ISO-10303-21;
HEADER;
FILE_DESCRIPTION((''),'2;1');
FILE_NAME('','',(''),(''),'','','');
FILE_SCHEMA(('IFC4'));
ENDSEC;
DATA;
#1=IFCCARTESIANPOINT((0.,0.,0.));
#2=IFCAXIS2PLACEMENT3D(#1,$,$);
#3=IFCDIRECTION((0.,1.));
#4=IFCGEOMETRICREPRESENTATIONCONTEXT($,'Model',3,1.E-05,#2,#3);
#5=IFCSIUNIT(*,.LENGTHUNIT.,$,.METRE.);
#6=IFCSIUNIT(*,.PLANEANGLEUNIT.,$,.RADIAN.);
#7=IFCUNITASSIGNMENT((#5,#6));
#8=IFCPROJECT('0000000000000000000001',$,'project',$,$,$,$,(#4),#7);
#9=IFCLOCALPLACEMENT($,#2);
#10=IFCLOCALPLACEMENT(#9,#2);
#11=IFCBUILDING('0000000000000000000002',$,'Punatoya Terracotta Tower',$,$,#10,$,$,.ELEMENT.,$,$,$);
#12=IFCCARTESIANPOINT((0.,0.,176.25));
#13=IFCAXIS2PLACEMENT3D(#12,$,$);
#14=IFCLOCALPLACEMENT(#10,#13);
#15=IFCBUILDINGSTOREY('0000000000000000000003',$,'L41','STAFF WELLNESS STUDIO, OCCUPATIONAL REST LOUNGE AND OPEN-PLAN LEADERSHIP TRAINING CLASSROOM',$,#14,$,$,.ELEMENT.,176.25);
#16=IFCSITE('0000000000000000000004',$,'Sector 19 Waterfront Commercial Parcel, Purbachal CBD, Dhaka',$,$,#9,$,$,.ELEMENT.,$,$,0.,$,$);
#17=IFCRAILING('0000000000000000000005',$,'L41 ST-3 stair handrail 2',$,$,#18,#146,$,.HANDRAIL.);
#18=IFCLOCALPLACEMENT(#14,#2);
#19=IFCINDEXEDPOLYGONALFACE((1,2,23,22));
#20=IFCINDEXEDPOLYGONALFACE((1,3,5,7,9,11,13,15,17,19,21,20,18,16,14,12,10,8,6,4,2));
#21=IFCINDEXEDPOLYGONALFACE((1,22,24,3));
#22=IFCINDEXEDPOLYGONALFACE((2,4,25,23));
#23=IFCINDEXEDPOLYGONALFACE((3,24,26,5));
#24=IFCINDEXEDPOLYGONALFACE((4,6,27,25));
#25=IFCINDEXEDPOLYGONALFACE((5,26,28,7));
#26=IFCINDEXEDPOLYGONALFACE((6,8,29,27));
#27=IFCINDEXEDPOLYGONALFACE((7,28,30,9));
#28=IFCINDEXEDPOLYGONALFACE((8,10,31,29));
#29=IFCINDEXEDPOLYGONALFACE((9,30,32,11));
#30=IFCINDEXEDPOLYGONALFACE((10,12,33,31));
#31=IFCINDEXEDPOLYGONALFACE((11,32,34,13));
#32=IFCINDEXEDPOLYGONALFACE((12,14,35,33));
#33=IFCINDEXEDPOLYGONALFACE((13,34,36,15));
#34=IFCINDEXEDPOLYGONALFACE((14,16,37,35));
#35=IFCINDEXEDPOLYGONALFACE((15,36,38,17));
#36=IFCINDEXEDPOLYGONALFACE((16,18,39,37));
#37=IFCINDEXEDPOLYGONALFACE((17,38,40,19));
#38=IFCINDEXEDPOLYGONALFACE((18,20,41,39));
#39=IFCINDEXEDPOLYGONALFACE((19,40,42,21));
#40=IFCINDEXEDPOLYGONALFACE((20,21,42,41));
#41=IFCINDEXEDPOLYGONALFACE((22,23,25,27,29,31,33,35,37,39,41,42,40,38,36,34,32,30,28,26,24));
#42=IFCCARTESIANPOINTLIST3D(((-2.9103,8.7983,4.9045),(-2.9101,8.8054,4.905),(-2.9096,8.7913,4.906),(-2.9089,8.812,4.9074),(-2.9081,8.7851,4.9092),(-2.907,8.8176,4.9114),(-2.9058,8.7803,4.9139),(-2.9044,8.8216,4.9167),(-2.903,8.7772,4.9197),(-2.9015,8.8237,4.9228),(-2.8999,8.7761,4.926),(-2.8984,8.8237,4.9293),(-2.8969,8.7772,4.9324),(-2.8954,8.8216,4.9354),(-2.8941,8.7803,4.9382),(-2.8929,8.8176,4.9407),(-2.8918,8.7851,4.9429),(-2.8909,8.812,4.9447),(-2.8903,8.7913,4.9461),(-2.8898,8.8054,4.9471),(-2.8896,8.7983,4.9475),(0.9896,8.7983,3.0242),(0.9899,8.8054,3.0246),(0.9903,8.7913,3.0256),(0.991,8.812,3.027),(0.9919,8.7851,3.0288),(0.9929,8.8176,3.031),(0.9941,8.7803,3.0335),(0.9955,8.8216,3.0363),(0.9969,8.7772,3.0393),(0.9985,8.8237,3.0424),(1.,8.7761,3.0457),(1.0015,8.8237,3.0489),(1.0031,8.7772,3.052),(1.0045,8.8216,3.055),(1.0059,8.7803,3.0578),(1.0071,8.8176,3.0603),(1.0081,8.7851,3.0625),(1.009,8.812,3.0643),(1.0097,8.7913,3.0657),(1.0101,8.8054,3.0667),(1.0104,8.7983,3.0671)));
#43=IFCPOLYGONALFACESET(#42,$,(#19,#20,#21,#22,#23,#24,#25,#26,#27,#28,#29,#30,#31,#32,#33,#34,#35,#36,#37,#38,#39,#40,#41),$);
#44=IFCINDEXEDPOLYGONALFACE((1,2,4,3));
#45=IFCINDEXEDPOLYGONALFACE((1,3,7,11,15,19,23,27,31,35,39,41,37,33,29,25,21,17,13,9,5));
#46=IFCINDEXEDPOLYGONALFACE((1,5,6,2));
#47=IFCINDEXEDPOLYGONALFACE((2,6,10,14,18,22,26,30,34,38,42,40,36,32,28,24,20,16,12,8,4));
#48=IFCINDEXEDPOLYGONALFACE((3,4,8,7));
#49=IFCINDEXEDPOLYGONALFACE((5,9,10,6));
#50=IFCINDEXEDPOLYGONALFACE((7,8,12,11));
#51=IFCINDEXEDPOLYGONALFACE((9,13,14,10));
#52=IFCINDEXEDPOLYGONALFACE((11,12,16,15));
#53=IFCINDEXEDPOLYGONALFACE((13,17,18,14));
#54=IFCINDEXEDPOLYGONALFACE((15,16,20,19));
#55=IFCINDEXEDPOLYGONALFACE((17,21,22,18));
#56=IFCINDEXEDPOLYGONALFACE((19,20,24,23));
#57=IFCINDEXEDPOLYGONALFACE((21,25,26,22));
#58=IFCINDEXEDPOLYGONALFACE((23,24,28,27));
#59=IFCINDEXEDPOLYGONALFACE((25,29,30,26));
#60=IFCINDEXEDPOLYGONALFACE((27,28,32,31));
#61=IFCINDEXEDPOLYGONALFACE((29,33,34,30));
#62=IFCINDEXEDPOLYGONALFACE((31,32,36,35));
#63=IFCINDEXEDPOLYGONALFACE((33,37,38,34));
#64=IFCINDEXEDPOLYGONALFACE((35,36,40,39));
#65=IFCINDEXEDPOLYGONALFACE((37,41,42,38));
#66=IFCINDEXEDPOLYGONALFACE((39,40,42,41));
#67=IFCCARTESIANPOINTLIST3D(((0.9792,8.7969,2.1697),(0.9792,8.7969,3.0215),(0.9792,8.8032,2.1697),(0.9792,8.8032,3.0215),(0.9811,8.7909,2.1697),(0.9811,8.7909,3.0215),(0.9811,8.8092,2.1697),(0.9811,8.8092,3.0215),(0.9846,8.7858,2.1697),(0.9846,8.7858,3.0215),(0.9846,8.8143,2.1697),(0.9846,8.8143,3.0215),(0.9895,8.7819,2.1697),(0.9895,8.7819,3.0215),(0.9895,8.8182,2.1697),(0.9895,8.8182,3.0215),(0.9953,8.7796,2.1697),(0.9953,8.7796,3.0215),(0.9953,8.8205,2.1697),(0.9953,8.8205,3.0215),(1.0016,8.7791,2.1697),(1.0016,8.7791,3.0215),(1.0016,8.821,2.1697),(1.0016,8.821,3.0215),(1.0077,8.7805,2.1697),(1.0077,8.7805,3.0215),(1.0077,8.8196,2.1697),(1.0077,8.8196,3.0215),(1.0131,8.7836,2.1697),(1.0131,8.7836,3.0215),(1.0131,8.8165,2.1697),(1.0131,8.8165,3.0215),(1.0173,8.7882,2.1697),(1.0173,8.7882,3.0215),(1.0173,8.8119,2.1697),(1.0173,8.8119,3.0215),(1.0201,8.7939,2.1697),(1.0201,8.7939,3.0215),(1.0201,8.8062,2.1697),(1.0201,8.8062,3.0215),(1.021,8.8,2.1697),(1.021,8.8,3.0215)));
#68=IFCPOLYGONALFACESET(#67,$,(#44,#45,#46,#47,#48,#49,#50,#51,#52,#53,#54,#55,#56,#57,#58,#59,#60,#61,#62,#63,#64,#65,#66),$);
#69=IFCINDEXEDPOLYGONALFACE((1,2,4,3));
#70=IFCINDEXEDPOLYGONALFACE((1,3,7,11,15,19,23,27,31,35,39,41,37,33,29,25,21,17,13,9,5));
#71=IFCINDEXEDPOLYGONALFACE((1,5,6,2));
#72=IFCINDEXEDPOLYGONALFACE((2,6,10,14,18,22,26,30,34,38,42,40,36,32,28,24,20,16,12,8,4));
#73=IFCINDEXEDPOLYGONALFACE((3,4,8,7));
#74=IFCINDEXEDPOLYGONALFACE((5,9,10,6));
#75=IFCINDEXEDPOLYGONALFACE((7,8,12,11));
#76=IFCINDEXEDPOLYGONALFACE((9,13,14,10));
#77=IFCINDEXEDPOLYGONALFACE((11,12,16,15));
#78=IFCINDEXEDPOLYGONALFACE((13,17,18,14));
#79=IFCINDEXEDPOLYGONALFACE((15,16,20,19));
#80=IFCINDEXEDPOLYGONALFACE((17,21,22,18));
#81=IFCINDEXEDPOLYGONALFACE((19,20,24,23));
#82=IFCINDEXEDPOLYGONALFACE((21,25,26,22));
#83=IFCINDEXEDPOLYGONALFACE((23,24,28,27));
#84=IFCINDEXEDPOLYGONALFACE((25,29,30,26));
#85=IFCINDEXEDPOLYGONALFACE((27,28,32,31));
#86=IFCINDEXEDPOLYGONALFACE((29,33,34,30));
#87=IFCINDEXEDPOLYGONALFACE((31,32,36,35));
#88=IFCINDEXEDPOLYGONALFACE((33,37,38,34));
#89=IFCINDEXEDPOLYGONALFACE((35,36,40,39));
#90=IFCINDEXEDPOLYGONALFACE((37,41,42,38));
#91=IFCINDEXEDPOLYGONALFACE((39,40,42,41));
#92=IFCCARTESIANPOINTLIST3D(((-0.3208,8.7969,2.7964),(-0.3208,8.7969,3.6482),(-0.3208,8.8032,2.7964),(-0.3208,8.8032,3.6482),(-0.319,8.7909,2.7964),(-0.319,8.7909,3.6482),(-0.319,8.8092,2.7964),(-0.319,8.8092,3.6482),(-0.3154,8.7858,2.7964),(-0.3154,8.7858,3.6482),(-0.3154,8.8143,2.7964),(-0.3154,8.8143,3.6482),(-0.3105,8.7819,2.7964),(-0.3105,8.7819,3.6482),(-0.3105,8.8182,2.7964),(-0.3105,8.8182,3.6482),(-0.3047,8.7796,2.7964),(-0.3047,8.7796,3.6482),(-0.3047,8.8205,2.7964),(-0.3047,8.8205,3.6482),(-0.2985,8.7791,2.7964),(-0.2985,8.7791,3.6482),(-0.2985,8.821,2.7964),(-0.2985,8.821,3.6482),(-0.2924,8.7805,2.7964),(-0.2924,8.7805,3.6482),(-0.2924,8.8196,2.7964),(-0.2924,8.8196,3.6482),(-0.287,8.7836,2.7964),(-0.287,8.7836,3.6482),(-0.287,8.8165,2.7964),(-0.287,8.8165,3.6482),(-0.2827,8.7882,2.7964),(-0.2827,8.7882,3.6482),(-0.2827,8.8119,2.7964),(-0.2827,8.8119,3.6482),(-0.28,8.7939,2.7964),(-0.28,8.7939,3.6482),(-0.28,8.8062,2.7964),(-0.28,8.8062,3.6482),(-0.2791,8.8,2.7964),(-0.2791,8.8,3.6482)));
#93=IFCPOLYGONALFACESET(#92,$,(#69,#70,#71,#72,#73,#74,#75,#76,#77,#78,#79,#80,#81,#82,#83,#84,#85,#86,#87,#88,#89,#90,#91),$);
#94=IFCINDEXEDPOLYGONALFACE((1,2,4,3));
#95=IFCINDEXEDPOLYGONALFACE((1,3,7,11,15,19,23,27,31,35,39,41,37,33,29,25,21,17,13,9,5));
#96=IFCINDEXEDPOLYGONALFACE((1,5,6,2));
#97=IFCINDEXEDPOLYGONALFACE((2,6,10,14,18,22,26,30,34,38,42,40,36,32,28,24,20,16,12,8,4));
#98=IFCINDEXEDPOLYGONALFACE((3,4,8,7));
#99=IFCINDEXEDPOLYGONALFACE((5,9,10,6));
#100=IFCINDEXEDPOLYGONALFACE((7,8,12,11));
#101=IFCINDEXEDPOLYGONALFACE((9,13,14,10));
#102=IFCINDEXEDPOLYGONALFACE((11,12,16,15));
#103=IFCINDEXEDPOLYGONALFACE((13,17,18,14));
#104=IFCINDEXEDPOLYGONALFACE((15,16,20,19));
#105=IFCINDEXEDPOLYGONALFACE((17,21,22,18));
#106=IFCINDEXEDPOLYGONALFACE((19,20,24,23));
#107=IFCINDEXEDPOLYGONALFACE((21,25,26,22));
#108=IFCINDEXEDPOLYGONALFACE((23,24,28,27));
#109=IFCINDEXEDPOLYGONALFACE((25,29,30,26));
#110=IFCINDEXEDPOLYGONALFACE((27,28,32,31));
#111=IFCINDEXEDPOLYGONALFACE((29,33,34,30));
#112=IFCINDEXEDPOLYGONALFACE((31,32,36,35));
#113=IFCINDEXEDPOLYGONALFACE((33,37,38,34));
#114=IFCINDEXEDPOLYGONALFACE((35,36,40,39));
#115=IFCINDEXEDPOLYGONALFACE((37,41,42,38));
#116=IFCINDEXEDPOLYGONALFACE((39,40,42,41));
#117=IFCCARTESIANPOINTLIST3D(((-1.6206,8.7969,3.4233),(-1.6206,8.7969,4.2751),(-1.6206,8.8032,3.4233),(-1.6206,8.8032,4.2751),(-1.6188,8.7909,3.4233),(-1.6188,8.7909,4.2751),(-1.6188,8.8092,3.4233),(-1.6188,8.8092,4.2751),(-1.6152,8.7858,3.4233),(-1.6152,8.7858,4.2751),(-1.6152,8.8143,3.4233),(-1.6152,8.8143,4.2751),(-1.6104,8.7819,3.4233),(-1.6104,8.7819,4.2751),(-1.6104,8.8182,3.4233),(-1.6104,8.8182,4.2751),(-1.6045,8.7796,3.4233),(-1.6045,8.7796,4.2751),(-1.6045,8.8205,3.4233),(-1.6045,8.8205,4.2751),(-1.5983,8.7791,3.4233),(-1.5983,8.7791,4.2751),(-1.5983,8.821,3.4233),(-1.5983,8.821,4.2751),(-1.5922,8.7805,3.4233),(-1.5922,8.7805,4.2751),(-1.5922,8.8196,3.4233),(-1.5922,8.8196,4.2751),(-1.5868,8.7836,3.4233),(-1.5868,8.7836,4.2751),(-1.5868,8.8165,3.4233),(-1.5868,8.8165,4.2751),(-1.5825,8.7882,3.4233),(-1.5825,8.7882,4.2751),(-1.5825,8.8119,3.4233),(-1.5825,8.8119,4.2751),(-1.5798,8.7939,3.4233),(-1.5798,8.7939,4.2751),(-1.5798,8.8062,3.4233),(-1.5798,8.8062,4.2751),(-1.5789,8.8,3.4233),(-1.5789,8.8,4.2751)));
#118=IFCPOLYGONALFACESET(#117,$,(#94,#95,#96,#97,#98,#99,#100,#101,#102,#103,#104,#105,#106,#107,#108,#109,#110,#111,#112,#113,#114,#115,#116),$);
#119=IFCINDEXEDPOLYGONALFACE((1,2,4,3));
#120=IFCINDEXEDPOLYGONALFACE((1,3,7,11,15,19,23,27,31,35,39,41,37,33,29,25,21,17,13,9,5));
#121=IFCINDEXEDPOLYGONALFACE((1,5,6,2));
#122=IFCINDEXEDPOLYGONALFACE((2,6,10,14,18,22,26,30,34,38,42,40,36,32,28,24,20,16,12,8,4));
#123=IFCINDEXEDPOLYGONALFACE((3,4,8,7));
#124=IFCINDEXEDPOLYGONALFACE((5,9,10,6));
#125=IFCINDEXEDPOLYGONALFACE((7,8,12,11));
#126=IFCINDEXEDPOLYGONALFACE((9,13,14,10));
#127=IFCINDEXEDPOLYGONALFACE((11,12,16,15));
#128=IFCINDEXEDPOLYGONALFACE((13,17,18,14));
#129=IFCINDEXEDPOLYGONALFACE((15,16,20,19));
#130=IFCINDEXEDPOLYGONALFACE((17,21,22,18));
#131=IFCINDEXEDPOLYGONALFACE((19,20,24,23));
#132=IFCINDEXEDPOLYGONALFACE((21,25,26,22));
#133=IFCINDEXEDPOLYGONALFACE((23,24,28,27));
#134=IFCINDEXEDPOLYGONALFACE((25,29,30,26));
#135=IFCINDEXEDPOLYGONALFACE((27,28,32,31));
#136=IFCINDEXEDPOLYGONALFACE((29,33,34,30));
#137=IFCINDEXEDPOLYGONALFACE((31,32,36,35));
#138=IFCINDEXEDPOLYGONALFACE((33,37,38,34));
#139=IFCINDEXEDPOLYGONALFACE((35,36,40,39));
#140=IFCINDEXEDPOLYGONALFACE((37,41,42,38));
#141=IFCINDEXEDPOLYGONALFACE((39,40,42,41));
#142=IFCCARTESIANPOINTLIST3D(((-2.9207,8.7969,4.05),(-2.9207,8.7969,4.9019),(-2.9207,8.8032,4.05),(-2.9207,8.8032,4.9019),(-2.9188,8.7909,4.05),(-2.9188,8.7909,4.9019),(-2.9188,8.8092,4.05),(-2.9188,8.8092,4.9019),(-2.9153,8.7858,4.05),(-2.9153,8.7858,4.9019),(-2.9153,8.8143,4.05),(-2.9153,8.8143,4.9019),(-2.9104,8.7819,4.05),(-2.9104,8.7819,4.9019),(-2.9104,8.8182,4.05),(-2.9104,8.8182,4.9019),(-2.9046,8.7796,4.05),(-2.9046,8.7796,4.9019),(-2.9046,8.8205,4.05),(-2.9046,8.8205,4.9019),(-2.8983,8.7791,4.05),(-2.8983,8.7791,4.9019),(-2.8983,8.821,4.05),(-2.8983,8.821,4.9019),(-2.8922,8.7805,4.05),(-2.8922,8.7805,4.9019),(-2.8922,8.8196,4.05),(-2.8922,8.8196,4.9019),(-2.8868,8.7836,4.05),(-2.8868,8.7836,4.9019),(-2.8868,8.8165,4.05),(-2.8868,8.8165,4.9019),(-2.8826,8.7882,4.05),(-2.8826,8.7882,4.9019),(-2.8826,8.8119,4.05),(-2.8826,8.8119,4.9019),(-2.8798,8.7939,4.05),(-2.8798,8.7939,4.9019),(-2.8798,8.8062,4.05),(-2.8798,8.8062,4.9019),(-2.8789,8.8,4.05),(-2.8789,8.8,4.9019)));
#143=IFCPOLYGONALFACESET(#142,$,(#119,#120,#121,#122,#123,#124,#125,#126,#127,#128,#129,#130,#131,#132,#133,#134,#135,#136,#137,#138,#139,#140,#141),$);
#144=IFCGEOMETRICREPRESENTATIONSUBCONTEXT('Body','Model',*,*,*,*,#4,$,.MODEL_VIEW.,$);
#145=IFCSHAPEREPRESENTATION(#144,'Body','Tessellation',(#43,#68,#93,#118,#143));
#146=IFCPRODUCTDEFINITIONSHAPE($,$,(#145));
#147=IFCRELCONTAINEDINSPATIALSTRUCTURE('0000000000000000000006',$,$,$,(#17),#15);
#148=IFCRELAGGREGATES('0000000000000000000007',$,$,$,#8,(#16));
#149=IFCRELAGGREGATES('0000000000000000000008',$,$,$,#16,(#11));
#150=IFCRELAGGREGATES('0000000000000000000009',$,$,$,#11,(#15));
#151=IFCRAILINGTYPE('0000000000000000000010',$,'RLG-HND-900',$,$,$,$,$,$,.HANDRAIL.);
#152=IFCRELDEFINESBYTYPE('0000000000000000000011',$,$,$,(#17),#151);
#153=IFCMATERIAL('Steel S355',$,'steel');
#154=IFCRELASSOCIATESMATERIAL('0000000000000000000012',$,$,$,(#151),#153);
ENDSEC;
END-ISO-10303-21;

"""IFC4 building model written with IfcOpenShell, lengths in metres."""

from ifc_helpers import new_model, si_unit, direction, frame, origin, origin_2d, place, context, subcontext, project, spatial, circle, extrude, material, type_object, element, save


model = new_model("IFC4")

# Units and contexts
model_context = context("Model", 3, precision=1e-05, world=origin(), true_north=direction((0.0, 1.0)))
body_context = subcontext(model_context, "Body", "Model", "MODEL_VIEW")
ifc_project = project(units=[si_unit("LENGTHUNIT", "METRE"), si_unit("PLANEANGLEUNIT", "RADIAN")], contexts=[model_context])

# Site, building, storey
site_placement = place(None, origin())
site = spatial("IfcSite", under=ifc_project, at=site_placement, Name="Sector 19 Waterfront Commercial Parcel, Purbachal CBD, Dhaka", CompositionType="ELEMENT", RefElevation=0.0)
building_placement = place(site_placement, origin())
building = spatial("IfcBuilding", under=site, at=building_placement, Name="Punatoya Terracotta Tower", CompositionType="ELEMENT")
storey_placement = place(building_placement, frame((0.0, 0.0, 176.25)))
storey = spatial("IfcBuildingStorey", under=building, at=storey_placement, Name="L41", Description="STAFF WELLNESS STUDIO, OCCUPATIONAL REST LOUNGE AND OPEN-PLAN LEADERSHIP TRAINING CLASSROOM", CompositionType="ELEMENT", Elevation=176.25)

# Shared definitions
ifc_material_1 = material(Name="Steel S355", Category="steel")

# Railing
railing_type_1 = type_object("IfcRailingType", Name="RLG-HND-900", PredefinedType="HANDRAIL", material=ifc_material_1)
railing_1_placement = place(storey_placement, frame((1.0, 8.8, 2.1697)))
element("IfcRailing", 1, at=railing_1_placement, inside=storey, type_object=railing_type_1, Name="L41 ST-3 stair handrail 2", PredefinedType="HANDRAIL", context=body_context, shape_type="SweptSolid", body=[
    extrude(circle(Radius=0.0239, at=origin_2d()), frame((0.0, 0.0, 0.876), z_axis=(-0.900763, 0.0, 0.434311), x_axis=(0.0, -1.0, 0.0)), (0.0, 0.0, 1.0), 4.3296),
    extrude(circle(Radius=0.021, at=origin_2d()), origin(), (0.0, 0.0, 1.0), 0.8518),
    extrude(circle(Radius=0.021, at=origin_2d()), frame((-1.3, 0.0, 0.6267)), (0.0, 0.0, 1.0), 0.8518),
    extrude(circle(Radius=0.021, at=origin_2d()), frame((-2.5999, 0.0, 1.2537)), (0.0, 0.0, 1.0), 0.8518),
    extrude(circle(Radius=0.021, at=origin_2d()), frame((-3.8999, 0.0, 1.8804)), (0.0, 0.0, 1.0), 0.8518),
])

save(model, "model.ifc")
